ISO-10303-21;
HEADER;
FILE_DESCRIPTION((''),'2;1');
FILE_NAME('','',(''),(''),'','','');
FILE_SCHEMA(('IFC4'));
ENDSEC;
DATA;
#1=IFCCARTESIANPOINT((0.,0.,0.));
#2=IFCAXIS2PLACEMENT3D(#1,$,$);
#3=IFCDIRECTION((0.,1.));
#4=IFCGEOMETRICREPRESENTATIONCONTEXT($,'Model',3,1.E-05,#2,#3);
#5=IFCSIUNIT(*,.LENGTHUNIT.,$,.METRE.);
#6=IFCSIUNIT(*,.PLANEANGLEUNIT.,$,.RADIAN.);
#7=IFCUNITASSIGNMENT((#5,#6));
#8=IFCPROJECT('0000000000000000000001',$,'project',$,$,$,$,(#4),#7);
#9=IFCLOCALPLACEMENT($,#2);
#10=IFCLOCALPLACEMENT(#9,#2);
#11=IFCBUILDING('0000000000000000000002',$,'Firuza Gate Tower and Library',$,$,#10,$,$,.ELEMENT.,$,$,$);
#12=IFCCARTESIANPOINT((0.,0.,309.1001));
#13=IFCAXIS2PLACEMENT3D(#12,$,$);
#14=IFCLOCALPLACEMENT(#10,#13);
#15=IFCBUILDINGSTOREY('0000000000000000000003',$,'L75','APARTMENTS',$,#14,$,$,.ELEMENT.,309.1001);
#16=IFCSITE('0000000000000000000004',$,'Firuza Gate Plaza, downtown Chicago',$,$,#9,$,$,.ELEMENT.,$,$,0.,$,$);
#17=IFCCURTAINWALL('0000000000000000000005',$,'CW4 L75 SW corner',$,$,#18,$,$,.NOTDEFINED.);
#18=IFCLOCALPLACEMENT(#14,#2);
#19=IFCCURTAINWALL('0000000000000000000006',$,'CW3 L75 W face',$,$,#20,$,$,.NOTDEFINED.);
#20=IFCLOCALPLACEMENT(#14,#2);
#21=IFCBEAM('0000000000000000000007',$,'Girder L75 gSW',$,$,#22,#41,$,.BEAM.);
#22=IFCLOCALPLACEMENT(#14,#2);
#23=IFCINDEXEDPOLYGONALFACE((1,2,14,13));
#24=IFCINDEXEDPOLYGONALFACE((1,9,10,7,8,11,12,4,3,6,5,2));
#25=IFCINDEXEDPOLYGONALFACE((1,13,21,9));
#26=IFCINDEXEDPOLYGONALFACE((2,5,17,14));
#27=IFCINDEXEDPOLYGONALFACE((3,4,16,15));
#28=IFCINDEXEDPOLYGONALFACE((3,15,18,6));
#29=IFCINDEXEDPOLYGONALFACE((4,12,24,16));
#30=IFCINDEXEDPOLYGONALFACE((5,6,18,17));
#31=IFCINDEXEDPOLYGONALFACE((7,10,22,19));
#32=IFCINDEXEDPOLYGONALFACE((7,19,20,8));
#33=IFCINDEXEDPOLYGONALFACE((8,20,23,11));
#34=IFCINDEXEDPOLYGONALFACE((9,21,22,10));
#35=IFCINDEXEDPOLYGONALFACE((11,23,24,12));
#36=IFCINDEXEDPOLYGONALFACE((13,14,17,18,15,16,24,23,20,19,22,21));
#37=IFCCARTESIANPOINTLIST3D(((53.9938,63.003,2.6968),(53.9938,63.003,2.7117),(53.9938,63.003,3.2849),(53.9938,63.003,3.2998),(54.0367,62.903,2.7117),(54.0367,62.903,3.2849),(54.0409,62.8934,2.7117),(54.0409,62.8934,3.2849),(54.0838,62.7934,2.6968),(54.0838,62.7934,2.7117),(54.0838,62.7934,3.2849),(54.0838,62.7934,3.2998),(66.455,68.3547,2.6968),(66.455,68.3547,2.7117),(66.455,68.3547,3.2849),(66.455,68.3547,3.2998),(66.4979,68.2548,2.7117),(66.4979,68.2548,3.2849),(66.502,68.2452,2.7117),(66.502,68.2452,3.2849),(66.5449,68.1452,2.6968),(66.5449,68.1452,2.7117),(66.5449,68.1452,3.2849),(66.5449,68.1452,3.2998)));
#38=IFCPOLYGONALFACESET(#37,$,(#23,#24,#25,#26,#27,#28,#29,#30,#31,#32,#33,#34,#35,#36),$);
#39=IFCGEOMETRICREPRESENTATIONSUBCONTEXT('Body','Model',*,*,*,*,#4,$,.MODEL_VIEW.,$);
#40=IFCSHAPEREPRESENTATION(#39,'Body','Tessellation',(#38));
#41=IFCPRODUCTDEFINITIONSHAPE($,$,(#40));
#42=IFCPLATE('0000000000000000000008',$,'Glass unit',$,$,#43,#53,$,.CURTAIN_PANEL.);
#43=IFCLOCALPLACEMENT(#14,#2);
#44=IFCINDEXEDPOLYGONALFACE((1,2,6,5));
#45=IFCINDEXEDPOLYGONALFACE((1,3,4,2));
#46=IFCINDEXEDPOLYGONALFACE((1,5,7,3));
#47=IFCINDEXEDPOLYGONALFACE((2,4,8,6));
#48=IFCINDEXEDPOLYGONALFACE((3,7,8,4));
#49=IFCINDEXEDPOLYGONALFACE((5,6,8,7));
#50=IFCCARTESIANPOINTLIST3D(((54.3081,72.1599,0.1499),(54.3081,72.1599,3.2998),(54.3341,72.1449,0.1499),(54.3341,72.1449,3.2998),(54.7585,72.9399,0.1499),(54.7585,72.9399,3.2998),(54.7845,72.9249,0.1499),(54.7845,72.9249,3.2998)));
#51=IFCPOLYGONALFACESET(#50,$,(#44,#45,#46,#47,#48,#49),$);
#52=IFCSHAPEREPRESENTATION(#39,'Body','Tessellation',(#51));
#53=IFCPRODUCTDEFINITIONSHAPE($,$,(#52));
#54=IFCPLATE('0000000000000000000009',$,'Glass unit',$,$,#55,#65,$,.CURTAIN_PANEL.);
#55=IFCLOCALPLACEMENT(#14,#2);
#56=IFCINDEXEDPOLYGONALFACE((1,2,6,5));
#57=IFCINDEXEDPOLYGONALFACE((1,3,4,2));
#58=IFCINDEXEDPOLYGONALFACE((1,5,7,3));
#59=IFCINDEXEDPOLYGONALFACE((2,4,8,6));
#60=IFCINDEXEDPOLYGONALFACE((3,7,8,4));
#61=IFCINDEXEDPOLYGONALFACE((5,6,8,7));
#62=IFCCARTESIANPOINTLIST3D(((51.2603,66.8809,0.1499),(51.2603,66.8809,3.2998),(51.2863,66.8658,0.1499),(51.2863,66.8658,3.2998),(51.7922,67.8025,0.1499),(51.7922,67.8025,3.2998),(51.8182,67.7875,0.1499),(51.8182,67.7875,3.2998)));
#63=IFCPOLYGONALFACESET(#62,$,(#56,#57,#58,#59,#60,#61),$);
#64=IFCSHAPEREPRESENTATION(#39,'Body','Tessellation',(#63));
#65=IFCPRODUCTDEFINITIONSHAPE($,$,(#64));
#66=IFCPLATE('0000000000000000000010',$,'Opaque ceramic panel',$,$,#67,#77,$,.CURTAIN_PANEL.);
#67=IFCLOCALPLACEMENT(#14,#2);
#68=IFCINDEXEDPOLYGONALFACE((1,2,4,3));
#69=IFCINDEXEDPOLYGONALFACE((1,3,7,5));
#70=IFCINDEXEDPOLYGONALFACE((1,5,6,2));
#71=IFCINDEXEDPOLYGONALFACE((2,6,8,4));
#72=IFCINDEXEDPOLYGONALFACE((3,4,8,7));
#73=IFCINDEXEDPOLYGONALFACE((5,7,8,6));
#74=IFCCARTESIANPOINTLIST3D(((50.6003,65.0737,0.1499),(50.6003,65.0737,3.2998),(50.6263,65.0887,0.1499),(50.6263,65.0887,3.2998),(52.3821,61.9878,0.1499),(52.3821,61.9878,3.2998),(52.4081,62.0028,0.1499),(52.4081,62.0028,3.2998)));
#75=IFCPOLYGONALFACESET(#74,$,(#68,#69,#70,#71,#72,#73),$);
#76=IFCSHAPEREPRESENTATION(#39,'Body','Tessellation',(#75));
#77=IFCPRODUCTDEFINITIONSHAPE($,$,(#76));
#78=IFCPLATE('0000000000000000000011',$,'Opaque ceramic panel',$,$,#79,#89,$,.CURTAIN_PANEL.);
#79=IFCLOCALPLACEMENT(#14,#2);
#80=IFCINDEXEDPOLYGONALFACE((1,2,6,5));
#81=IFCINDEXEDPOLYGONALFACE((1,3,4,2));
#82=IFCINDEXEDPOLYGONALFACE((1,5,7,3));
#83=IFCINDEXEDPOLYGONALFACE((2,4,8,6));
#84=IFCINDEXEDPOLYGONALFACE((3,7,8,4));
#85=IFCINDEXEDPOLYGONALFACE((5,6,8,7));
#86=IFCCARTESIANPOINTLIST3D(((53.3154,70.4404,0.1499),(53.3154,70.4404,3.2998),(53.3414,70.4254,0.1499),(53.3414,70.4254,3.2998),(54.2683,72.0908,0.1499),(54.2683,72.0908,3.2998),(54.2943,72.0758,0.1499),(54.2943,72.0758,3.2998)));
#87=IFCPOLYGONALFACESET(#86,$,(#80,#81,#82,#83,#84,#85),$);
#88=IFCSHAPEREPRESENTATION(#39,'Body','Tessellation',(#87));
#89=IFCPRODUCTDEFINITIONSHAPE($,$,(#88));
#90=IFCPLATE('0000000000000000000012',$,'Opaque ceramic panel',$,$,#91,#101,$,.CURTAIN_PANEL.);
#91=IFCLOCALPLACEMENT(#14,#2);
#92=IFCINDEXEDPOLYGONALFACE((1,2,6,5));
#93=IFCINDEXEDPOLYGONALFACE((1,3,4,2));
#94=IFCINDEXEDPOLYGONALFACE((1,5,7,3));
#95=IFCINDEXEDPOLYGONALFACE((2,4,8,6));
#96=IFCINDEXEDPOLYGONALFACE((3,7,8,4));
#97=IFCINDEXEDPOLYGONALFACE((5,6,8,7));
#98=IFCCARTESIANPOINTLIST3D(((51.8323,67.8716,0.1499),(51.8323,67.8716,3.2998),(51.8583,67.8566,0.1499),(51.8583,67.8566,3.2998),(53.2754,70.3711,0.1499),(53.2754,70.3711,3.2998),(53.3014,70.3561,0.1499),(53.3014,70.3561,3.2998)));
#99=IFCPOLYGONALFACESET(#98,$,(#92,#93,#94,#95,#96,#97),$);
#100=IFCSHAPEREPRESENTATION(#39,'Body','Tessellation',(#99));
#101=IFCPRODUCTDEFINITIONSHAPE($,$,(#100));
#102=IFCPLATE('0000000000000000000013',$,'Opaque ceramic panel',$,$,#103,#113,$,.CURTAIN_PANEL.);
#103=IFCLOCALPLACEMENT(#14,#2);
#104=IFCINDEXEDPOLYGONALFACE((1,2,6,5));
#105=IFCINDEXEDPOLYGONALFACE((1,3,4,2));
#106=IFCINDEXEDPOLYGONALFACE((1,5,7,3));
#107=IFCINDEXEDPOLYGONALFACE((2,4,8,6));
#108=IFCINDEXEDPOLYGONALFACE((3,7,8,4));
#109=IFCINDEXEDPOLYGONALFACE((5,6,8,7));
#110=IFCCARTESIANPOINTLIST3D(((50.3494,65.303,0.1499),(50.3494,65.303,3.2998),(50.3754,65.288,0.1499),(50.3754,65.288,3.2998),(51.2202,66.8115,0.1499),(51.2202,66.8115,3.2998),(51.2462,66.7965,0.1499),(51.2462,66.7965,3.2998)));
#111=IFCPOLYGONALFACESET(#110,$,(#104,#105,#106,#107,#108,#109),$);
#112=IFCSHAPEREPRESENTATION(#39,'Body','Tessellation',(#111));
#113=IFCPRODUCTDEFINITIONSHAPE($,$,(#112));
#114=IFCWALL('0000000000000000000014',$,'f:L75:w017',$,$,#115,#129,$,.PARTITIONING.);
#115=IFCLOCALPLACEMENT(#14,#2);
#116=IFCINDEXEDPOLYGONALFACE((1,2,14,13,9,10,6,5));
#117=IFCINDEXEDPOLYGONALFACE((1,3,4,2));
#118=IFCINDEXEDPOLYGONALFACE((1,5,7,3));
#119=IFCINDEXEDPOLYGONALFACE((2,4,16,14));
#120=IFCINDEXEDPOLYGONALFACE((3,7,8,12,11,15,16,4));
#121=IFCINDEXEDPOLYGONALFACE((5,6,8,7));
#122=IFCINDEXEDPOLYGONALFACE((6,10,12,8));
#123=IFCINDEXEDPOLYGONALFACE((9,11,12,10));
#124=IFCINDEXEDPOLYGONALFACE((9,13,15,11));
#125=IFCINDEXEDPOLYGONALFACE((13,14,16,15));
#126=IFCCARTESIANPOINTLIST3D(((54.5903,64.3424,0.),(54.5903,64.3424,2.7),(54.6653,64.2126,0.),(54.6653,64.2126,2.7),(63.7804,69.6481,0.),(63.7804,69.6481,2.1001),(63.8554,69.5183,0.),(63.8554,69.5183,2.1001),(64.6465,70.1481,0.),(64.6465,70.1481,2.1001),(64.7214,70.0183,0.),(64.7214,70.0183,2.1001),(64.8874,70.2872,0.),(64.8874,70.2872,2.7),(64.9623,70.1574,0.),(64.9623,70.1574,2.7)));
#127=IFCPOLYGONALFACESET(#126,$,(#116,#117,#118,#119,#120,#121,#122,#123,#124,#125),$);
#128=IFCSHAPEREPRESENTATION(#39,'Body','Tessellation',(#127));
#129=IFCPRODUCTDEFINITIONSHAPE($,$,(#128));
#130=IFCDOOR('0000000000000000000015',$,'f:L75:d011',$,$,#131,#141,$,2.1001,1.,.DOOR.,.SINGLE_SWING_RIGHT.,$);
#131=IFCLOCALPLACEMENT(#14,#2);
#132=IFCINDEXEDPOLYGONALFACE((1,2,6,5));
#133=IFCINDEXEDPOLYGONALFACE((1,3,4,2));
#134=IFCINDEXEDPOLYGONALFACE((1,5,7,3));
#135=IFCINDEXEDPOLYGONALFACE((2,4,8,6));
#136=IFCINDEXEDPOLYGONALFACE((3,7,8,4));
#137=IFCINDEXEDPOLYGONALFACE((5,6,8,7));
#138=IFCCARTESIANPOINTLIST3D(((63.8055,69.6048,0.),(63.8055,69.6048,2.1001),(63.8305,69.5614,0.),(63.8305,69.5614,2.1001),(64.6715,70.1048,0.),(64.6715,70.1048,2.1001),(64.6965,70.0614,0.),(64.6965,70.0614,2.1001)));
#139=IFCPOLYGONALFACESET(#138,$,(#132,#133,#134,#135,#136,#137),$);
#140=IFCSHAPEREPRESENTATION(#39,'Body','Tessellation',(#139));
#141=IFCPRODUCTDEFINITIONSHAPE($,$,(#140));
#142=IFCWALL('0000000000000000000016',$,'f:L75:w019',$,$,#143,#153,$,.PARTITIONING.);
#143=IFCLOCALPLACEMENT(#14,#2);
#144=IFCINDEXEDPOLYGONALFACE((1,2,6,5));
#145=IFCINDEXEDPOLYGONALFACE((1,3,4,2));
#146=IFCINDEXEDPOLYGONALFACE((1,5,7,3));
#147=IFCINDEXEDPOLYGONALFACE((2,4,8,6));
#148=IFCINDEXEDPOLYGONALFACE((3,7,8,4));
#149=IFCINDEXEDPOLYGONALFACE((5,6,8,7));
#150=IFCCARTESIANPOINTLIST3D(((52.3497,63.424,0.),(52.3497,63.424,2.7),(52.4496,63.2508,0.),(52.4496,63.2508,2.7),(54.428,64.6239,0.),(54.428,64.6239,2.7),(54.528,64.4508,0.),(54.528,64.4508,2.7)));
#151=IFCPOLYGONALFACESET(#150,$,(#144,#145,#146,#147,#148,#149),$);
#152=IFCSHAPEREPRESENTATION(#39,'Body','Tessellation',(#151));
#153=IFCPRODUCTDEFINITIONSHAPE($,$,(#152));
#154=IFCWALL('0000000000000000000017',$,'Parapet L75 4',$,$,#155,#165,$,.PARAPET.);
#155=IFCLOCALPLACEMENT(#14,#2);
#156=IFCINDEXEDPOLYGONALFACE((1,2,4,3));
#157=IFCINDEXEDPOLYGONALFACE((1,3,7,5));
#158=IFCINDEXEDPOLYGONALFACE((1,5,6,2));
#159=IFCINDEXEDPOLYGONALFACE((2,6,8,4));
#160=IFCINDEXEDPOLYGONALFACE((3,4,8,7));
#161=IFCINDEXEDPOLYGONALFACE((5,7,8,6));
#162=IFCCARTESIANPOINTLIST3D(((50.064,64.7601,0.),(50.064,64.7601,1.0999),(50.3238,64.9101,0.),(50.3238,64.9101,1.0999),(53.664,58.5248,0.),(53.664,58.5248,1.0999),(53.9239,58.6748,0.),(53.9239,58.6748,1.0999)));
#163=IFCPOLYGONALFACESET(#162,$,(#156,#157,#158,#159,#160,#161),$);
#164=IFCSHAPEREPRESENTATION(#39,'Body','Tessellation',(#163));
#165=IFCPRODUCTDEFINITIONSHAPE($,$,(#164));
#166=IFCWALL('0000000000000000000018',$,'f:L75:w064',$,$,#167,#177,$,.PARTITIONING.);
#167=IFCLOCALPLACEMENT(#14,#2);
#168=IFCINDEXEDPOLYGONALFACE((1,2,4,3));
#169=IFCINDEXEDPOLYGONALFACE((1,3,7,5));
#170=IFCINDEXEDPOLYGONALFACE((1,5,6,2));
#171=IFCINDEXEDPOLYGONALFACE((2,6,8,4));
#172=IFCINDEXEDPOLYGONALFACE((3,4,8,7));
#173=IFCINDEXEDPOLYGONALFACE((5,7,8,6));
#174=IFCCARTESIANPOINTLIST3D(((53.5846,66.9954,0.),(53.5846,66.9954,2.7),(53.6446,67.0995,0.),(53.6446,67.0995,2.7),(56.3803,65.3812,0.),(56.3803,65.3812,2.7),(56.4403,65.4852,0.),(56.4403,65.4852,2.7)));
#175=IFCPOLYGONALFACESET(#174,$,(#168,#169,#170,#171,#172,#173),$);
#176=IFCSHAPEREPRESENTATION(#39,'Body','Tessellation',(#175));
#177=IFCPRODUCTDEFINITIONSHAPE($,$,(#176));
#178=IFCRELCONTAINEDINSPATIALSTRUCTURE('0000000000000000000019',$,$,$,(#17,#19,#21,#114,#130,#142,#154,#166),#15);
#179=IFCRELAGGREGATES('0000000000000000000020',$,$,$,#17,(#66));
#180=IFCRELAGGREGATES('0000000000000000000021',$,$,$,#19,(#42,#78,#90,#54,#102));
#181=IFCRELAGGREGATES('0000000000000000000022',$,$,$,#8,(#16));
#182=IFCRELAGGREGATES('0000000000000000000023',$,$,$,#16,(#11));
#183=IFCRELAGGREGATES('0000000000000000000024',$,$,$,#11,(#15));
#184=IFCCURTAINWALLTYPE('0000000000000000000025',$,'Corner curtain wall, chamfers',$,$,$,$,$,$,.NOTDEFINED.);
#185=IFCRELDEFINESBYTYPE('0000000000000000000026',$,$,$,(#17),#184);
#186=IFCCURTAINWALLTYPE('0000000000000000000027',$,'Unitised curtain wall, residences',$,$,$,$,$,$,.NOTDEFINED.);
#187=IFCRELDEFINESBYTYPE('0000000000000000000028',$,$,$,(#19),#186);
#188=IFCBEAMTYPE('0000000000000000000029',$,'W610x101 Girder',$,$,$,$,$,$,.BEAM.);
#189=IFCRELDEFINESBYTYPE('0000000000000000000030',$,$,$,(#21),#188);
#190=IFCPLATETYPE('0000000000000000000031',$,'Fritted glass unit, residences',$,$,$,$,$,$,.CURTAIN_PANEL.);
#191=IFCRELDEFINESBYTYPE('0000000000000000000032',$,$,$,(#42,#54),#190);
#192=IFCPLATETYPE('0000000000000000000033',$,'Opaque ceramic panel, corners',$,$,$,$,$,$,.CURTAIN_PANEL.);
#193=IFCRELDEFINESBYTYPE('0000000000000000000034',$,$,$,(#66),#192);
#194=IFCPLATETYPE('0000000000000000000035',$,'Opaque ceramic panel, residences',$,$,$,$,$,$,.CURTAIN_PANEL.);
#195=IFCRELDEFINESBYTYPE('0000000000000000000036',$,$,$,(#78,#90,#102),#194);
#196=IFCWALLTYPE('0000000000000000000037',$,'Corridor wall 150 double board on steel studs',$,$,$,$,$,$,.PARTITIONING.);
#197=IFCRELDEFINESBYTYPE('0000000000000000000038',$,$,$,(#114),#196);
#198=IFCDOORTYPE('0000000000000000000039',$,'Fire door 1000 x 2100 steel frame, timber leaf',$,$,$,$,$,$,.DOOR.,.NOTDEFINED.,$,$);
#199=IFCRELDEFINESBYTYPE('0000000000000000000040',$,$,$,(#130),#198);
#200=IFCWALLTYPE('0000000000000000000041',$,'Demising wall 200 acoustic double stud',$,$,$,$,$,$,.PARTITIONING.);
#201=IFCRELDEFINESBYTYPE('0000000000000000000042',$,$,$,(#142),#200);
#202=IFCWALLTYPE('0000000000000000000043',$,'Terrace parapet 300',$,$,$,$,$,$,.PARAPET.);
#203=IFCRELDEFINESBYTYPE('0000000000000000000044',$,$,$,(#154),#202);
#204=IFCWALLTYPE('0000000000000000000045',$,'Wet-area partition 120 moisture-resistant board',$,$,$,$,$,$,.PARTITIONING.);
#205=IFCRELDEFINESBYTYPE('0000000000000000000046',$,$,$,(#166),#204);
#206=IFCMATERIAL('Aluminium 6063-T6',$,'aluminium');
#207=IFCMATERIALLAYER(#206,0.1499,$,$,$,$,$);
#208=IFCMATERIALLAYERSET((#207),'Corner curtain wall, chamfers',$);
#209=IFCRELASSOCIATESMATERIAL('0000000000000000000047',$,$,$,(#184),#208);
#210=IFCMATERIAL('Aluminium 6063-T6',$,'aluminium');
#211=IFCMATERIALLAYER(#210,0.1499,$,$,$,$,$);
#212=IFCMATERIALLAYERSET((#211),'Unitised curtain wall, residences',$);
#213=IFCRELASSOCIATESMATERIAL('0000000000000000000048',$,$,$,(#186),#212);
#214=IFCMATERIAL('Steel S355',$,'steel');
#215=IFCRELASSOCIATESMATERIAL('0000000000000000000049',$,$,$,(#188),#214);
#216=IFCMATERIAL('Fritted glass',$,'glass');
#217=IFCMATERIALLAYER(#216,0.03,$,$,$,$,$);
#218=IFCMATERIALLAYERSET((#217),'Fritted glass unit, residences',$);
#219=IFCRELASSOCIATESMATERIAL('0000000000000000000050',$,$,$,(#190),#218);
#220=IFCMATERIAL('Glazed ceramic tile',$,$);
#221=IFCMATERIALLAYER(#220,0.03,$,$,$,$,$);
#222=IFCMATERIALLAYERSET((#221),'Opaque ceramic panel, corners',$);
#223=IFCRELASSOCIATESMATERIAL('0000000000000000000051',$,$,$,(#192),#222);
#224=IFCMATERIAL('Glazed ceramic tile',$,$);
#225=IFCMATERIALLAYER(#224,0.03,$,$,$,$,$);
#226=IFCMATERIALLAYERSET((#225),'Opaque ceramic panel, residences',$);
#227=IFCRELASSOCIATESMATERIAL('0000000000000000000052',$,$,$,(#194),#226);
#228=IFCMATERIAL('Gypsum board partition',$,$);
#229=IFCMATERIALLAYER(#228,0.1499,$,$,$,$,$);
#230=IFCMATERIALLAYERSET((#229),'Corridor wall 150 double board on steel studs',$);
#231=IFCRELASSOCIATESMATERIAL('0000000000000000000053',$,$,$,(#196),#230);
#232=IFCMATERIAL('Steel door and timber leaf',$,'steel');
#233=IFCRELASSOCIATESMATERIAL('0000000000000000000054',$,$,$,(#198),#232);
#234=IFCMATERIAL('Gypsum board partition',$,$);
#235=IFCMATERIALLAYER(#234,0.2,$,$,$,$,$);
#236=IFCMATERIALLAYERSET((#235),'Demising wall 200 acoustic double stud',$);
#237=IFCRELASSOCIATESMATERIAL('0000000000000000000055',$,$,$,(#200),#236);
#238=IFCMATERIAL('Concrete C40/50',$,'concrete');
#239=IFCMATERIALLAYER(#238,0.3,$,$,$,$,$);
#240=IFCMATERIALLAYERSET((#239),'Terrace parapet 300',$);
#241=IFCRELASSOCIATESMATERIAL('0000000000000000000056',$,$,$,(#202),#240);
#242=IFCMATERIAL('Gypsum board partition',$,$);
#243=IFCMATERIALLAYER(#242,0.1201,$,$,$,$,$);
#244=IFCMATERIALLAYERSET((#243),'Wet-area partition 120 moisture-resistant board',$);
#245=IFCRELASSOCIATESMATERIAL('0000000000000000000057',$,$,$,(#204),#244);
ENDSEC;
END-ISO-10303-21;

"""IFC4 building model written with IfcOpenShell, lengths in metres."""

from ifc_helpers import new_model, si_unit, direction, frame, frame_2d, origin, origin_2d, place, context, subcontext, project, spatial, polyline, rectangle, i_section, outline, extrude, material, layer, layer_set, material_profile, profile_set, type_object, element, fill, aggregate, save


model = new_model("IFC4")

# Units and contexts
model_context = context("Model", 3, precision=1e-05, world=origin(), true_north=direction((0.0, 1.0)))
body_context = subcontext(model_context, "Body", "Model", "MODEL_VIEW")
ifc_project = project(units=[si_unit("LENGTHUNIT", "METRE"), si_unit("PLANEANGLEUNIT", "RADIAN")], contexts=[model_context])

# Site, building, storey
site_placement = place(None, origin())
site = spatial("IfcSite", under=ifc_project, at=site_placement, Name="Firuza Gate Plaza, downtown Chicago", CompositionType="ELEMENT", RefElevation=0.0)
building_placement = place(site_placement, origin())
building = spatial("IfcBuilding", under=site, at=building_placement, Name="Firuza Gate Tower and Library", CompositionType="ELEMENT")
storey_placement = place(building_placement, frame((0.0, 0.0, 309.1001)))
storey = spatial("IfcBuildingStorey", under=building, at=storey_placement, Name="L75", Description="APARTMENTS", CompositionType="ELEMENT", Elevation=309.1001)

# Curtain wall
ifc_material_1 = material(Name="Aluminium 6063-T6", Category="aluminium")
ifc_layer_1 = layer(ifc_material_1, 0.1499)
ifc_layer_set_1 = layer_set([ifc_layer_1], Name="Corner curtain wall, chamfers")
curtain_wall_type_1 = type_object("IfcCurtainWallType", Name="Corner curtain wall, chamfers", PredefinedType="NOTDEFINED", material=ifc_layer_set_1)
placement = place(storey_placement, origin())
curtain_wall_1 = element("IfcCurtainWall", 1, at=placement, inside=storey, type_object=curtain_wall_type_1, Name="CW4 L75 SW corner", PredefinedType="NOTDEFINED")

# Curtain wall
ifc_material_2 = material(Name="Aluminium 6063-T6", Category="aluminium")
ifc_layer_2 = layer(ifc_material_2, 0.1499)
ifc_layer_set_2 = layer_set([ifc_layer_2], Name="Unitised curtain wall, residences")
curtain_wall_type_2 = type_object("IfcCurtainWallType", Name="Unitised curtain wall, residences", PredefinedType="NOTDEFINED", material=ifc_layer_set_2)
curtain_wall_2 = element("IfcCurtainWall", 2, at=placement, inside=storey, type_object=curtain_wall_type_2, Name="CW3 L75 W face", PredefinedType="NOTDEFINED")

# Beam
ifc_material_3 = material(Name="Steel S355", Category="steel")
ifc_material_profile_1 = material_profile(ifc_material_3, i_section(OverallWidth=0.228, OverallDepth=0.603, WebThickness=0.0105, FlangeThickness=0.0149, at=origin_2d()))
ifc_profile_set_1 = profile_set([ifc_material_profile_1], Name="Steel S355")
beam_type_1 = type_object("IfcBeamType", Name="W610x101 Girder", PredefinedType="BEAM", material=ifc_profile_set_1)
beam_1_placement = place(storey_placement, frame((54.0388, 62.8982, 2.9983), z_axis=(0.918843, 0.394623, 0.0), x_axis=(-0.394623, 0.918843, 0.0)))
element("IfcBeam", 3, at=beam_1_placement, inside=storey, type_object=beam_type_1, Name="Girder L75 gSW", PredefinedType="BEAM", context=body_context, shape_type="SweptSolid", body=[
    extrude(i_section(OverallWidth=0.228, OverallDepth=0.603, WebThickness=0.0105, FlangeThickness=0.0149, at=origin_2d()), origin(), (0.0, 0.0, 1.0), 13.5618),
])

# Plates
ifc_material_4 = material(Name="Fritted glass", Category="glass")
ifc_layer_3 = layer(ifc_material_4, 0.03)
ifc_layer_set_3 = layer_set([ifc_layer_3], Name="Fritted glass unit, residences")
plate_type_1 = type_object("IfcPlateType", Name="Fritted glass unit, residences", PredefinedType="CURTAIN_PANEL", material=ifc_layer_set_3)
plate_1_placement = place(storey_placement, frame((54.7585, 72.9399, 0.1499), z_axis=(-0.865982, 0.500074, 0.0), x_axis=(-0.500074, -0.865982, 0.0)))
plate_1 = element("IfcPlate", 4, at=plate_1_placement, type_object=plate_type_1, Name="Glass unit", PredefinedType="CURTAIN_PANEL", context=body_context, shape_type="SweptSolid", body=[
    extrude(outline(polyline([(0.0, 0.0), (0.9007, 0.0), (0.9007, 3.1499), (0.0, 3.1499), (0.0, 0.0)])), origin(), (0.0, 0.0, -1.0), 0.03),
])
plate_2_placement = place(storey_placement, frame((51.7922, 67.8025, 0.1499), z_axis=(-0.866075, 0.499914, 0.0), x_axis=(-0.499914, -0.866075, 0.0)))
plate_2 = element("IfcPlate", 5, at=plate_2_placement, type_object=plate_type_1, Name="Glass unit", PredefinedType="CURTAIN_PANEL", context=body_context, shape_type="SweptSolid", body=[
    extrude(outline(polyline([(0.0, 0.0), (1.0641, 0.0), (1.0641, 3.1499), (0.0, 3.1499), (0.0, 0.0)])), origin(), (0.0, 0.0, -1.0), 0.03),
])
ifc_material_5 = material(Name="Glazed ceramic tile")
ifc_layer_4 = layer(ifc_material_5, 0.03)
ifc_layer_set_4 = layer_set([ifc_layer_4], Name="Opaque ceramic panel, corners")
plate_type_2 = type_object("IfcPlateType", Name="Opaque ceramic panel, corners", PredefinedType="CURTAIN_PANEL", material=ifc_layer_set_4)
plate_3_placement = place(storey_placement, frame((50.6003, 65.0737, 0.1499), z_axis=(-0.866017, -0.500015, 0.0), x_axis=(0.500015, -0.866017, 0.0)))
plate_3 = element("IfcPlate", 6, at=plate_3_placement, type_object=plate_type_2, Name="Opaque ceramic panel", PredefinedType="CURTAIN_PANEL", context=body_context, shape_type="SweptSolid", body=[
    extrude(outline(polyline([(0.0, 0.0), (3.5634, 0.0), (3.5634, 3.1499), (0.0, 3.1499), (0.0, 0.0)])), origin(), (0.0, 0.0, -1.0), 0.03),
])
aggregate(curtain_wall_1, [plate_3])
ifc_material_6 = material(Name="Glazed ceramic tile")
ifc_layer_5 = layer(ifc_material_6, 0.03)
ifc_layer_set_5 = layer_set([ifc_layer_5], Name="Opaque ceramic panel, residences")
plate_type_3 = type_object("IfcPlateType", Name="Opaque ceramic panel, residences", PredefinedType="CURTAIN_PANEL", material=ifc_layer_set_5)
plate_4_placement = place(storey_placement, frame((54.2683, 72.0908, 0.1499), z_axis=(-0.866019, 0.500011, 0.0), x_axis=(-0.500011, -0.866019, 0.0)))
plate_4 = element("IfcPlate", 7, at=plate_4_placement, type_object=plate_type_3, Name="Opaque ceramic panel", PredefinedType="CURTAIN_PANEL", context=body_context, shape_type="SweptSolid", body=[
    extrude(outline(polyline([(0.0, 0.0), (1.9057, 0.0), (1.9057, 3.1499), (0.0, 3.1499), (0.0, 0.0)])), origin(), (0.0, 0.0, -1.0), 0.03),
])
plate_5_placement = place(storey_placement, frame((53.2754, 70.3711, 0.1499), z_axis=(-0.866022, 0.500006, 0.0), x_axis=(-0.500006, -0.866022, 0.0)))
plate_5 = element("IfcPlate", 8, at=plate_5_placement, type_object=plate_type_3, Name="Opaque ceramic panel", PredefinedType="CURTAIN_PANEL", context=body_context, shape_type="SweptSolid", body=[
    extrude(outline(polyline([(0.0, 0.0), (2.8862, 0.0), (2.8862, 3.1499), (0.0, 3.1499), (0.0, 0.0)])), origin(), (0.0, 0.0, -1.0), 0.03),
])
plate_6_placement = place(storey_placement, frame((51.2202, 66.8115, 0.1499), z_axis=(-0.866053, 0.499953, 0.0), x_axis=(-0.499953, -0.866053, 0.0)))
plate_6 = element("IfcPlate", 9, at=plate_6_placement, type_object=plate_type_3, Name="Opaque ceramic panel", PredefinedType="CURTAIN_PANEL", context=body_context, shape_type="SweptSolid", body=[
    extrude(outline(polyline([(0.0, 0.0), (1.7419, 0.0), (1.7419, 3.1499), (0.0, 3.1499), (0.0, 0.0)])), origin(), (0.0, 0.0, -1.0), 0.03),
])
aggregate(curtain_wall_2, [plate_1, plate_4, plate_5, plate_2, plate_6])

# Wall, opening, door
ifc_material_7 = material(Name="Gypsum board partition")
ifc_layer_6 = layer(ifc_material_7, 0.1499)
ifc_layer_set_6 = layer_set([ifc_layer_6], Name="Corridor wall 150 double board on steel studs")
wall_type_1 = type_object("IfcWallType", Name="Corridor wall 150 double board on steel studs", PredefinedType="PARTITIONING", material=ifc_layer_set_6)
wall_1_placement = place(storey_placement, frame((54.6279, 64.2776, 0.0), z_axis=(0.0, 0.0, 1.0), x_axis=(0.866033, 0.499986, 0.0)))
wall_1 = element("IfcWall", 10, at=wall_1_placement, inside=storey, type_object=wall_type_1, Name="f:L75:w017", PredefinedType="PARTITIONING", context=body_context, shape_type="SweptSolid", body=[
    extrude(rectangle(XDim=11.8899, YDim=0.1499, at=frame_2d((5.9448, 0.0))), origin(), (0.0, 0.0, 1.0), 2.7),
])
opening_placement = place(wall_1_placement, frame((10.6116, 0.0, 0.0)))
opening = element("IfcOpeningElement", 11, at=opening_placement, cuts=wall_1, PredefinedType="OPENING", context=body_context, shape_type="SweptSolid", body=[
    extrude(rectangle(XDim=1.0, YDim=2.1001, at=frame_2d((0.5, 1.05))), frame((0.0, 0.085, 0.0), z_axis=(0.0, -1.0, 0.0), x_axis=(1.0, 0.0, 0.0)), (0.0, 0.0, 1.0), 0.1699),
])
ifc_material_8 = material(Name="Steel door and timber leaf", Category="steel")
door_type = type_object("IfcDoorType", Name="Fire door 1000 x 2100 steel frame, timber leaf", OperationType="NOTDEFINED", PredefinedType="DOOR", material=ifc_material_8)
door_placement = place(opening_placement, origin())
door = element("IfcDoor", 12, at=door_placement, inside=storey, type_object=door_type, Name="f:L75:d011", OperationType="SINGLE_SWING_RIGHT", OverallHeight=2.1001, OverallWidth=1.0, PredefinedType="DOOR", context=body_context, shape_type="SweptSolid", body=[
    extrude(rectangle(XDim=1.0, YDim=2.1001, at=frame_2d((0.5, 1.05))), frame((0.0, 0.0249, 0.0), z_axis=(0.0, -1.0, 0.0), x_axis=(1.0, 0.0, 0.0)), (0.0, 0.0, 1.0), 0.05),
])
fill(opening, door)

# Walls
ifc_material_9 = material(Name="Gypsum board partition")
ifc_layer_7 = layer(ifc_material_9, 0.2)
ifc_layer_set_7 = layer_set([ifc_layer_7], Name="Demising wall 200 acoustic double stud")
wall_type_2 = type_object("IfcWallType", Name="Demising wall 200 acoustic double stud", PredefinedType="PARTITIONING", material=ifc_layer_set_7)
wall_2_placement = place(storey_placement, frame((52.3997, 63.3374, 0.0), z_axis=(0.0, 0.0, 1.0), x_axis=(0.866025, 0.500001, 0.0)))
element("IfcWall", 13, at=wall_2_placement, inside=storey, type_object=wall_type_2, Name="f:L75:w019", PredefinedType="PARTITIONING", context=body_context, shape_type="SweptSolid", body=[
    extrude(rectangle(XDim=2.3999, YDim=0.2, at=frame_2d((1.2, 0.0))), origin(), (0.0, 0.0, 1.0), 2.7),
])
ifc_material_10 = material(Name="Concrete C40/50", Category="concrete")
ifc_layer_8 = layer(ifc_material_10, 0.3)
ifc_layer_set_8 = layer_set([ifc_layer_8], Name="Terrace parapet 300")
wall_type_3 = type_object("IfcWallType", Name="Terrace parapet 300", PredefinedType="PARAPET", material=ifc_layer_set_8)
wall_3_placement = place(storey_placement, frame((50.1938, 64.8352, 0.0), z_axis=(0.0, 0.0, 1.0), x_axis=(0.500012, -0.866018, 0.0)))
element("IfcWall", 14, at=wall_3_placement, inside=storey, type_object=wall_type_3, Name="Parapet L75 4", PredefinedType="PARAPET", context=body_context, shape_type="SweptSolid", body=[
    extrude(rectangle(XDim=7.2, YDim=0.3, at=frame_2d((3.6001, 0.0))), origin(), (0.0, 0.0, 1.0), 1.0999),
])
ifc_material_11 = material(Name="Gypsum board partition")
ifc_layer_9 = layer(ifc_material_11, 0.1201)
ifc_layer_set_9 = layer_set([ifc_layer_9], Name="Wet-area partition 120 moisture-resistant board")
wall_type_4 = type_object("IfcWallType", Name="Wet-area partition 120 moisture-resistant board", PredefinedType="PARTITIONING", material=ifc_layer_set_9)
wall_4_placement = place(storey_placement, frame((56.4104, 65.4331, 0.0), z_axis=(0.0, 0.0, 1.0), x_axis=(-0.866, 0.500043, 0.0)))
element("IfcWall", 15, at=wall_4_placement, inside=storey, type_object=wall_type_4, Name="f:L75:w064", PredefinedType="PARTITIONING", context=body_context, shape_type="SweptSolid", body=[
    extrude(rectangle(XDim=3.2283, YDim=0.1201, at=frame_2d((1.6143, 0.0))), origin(), (0.0, 0.0, 1.0), 2.7),
])

save(model, "model.ifc")
